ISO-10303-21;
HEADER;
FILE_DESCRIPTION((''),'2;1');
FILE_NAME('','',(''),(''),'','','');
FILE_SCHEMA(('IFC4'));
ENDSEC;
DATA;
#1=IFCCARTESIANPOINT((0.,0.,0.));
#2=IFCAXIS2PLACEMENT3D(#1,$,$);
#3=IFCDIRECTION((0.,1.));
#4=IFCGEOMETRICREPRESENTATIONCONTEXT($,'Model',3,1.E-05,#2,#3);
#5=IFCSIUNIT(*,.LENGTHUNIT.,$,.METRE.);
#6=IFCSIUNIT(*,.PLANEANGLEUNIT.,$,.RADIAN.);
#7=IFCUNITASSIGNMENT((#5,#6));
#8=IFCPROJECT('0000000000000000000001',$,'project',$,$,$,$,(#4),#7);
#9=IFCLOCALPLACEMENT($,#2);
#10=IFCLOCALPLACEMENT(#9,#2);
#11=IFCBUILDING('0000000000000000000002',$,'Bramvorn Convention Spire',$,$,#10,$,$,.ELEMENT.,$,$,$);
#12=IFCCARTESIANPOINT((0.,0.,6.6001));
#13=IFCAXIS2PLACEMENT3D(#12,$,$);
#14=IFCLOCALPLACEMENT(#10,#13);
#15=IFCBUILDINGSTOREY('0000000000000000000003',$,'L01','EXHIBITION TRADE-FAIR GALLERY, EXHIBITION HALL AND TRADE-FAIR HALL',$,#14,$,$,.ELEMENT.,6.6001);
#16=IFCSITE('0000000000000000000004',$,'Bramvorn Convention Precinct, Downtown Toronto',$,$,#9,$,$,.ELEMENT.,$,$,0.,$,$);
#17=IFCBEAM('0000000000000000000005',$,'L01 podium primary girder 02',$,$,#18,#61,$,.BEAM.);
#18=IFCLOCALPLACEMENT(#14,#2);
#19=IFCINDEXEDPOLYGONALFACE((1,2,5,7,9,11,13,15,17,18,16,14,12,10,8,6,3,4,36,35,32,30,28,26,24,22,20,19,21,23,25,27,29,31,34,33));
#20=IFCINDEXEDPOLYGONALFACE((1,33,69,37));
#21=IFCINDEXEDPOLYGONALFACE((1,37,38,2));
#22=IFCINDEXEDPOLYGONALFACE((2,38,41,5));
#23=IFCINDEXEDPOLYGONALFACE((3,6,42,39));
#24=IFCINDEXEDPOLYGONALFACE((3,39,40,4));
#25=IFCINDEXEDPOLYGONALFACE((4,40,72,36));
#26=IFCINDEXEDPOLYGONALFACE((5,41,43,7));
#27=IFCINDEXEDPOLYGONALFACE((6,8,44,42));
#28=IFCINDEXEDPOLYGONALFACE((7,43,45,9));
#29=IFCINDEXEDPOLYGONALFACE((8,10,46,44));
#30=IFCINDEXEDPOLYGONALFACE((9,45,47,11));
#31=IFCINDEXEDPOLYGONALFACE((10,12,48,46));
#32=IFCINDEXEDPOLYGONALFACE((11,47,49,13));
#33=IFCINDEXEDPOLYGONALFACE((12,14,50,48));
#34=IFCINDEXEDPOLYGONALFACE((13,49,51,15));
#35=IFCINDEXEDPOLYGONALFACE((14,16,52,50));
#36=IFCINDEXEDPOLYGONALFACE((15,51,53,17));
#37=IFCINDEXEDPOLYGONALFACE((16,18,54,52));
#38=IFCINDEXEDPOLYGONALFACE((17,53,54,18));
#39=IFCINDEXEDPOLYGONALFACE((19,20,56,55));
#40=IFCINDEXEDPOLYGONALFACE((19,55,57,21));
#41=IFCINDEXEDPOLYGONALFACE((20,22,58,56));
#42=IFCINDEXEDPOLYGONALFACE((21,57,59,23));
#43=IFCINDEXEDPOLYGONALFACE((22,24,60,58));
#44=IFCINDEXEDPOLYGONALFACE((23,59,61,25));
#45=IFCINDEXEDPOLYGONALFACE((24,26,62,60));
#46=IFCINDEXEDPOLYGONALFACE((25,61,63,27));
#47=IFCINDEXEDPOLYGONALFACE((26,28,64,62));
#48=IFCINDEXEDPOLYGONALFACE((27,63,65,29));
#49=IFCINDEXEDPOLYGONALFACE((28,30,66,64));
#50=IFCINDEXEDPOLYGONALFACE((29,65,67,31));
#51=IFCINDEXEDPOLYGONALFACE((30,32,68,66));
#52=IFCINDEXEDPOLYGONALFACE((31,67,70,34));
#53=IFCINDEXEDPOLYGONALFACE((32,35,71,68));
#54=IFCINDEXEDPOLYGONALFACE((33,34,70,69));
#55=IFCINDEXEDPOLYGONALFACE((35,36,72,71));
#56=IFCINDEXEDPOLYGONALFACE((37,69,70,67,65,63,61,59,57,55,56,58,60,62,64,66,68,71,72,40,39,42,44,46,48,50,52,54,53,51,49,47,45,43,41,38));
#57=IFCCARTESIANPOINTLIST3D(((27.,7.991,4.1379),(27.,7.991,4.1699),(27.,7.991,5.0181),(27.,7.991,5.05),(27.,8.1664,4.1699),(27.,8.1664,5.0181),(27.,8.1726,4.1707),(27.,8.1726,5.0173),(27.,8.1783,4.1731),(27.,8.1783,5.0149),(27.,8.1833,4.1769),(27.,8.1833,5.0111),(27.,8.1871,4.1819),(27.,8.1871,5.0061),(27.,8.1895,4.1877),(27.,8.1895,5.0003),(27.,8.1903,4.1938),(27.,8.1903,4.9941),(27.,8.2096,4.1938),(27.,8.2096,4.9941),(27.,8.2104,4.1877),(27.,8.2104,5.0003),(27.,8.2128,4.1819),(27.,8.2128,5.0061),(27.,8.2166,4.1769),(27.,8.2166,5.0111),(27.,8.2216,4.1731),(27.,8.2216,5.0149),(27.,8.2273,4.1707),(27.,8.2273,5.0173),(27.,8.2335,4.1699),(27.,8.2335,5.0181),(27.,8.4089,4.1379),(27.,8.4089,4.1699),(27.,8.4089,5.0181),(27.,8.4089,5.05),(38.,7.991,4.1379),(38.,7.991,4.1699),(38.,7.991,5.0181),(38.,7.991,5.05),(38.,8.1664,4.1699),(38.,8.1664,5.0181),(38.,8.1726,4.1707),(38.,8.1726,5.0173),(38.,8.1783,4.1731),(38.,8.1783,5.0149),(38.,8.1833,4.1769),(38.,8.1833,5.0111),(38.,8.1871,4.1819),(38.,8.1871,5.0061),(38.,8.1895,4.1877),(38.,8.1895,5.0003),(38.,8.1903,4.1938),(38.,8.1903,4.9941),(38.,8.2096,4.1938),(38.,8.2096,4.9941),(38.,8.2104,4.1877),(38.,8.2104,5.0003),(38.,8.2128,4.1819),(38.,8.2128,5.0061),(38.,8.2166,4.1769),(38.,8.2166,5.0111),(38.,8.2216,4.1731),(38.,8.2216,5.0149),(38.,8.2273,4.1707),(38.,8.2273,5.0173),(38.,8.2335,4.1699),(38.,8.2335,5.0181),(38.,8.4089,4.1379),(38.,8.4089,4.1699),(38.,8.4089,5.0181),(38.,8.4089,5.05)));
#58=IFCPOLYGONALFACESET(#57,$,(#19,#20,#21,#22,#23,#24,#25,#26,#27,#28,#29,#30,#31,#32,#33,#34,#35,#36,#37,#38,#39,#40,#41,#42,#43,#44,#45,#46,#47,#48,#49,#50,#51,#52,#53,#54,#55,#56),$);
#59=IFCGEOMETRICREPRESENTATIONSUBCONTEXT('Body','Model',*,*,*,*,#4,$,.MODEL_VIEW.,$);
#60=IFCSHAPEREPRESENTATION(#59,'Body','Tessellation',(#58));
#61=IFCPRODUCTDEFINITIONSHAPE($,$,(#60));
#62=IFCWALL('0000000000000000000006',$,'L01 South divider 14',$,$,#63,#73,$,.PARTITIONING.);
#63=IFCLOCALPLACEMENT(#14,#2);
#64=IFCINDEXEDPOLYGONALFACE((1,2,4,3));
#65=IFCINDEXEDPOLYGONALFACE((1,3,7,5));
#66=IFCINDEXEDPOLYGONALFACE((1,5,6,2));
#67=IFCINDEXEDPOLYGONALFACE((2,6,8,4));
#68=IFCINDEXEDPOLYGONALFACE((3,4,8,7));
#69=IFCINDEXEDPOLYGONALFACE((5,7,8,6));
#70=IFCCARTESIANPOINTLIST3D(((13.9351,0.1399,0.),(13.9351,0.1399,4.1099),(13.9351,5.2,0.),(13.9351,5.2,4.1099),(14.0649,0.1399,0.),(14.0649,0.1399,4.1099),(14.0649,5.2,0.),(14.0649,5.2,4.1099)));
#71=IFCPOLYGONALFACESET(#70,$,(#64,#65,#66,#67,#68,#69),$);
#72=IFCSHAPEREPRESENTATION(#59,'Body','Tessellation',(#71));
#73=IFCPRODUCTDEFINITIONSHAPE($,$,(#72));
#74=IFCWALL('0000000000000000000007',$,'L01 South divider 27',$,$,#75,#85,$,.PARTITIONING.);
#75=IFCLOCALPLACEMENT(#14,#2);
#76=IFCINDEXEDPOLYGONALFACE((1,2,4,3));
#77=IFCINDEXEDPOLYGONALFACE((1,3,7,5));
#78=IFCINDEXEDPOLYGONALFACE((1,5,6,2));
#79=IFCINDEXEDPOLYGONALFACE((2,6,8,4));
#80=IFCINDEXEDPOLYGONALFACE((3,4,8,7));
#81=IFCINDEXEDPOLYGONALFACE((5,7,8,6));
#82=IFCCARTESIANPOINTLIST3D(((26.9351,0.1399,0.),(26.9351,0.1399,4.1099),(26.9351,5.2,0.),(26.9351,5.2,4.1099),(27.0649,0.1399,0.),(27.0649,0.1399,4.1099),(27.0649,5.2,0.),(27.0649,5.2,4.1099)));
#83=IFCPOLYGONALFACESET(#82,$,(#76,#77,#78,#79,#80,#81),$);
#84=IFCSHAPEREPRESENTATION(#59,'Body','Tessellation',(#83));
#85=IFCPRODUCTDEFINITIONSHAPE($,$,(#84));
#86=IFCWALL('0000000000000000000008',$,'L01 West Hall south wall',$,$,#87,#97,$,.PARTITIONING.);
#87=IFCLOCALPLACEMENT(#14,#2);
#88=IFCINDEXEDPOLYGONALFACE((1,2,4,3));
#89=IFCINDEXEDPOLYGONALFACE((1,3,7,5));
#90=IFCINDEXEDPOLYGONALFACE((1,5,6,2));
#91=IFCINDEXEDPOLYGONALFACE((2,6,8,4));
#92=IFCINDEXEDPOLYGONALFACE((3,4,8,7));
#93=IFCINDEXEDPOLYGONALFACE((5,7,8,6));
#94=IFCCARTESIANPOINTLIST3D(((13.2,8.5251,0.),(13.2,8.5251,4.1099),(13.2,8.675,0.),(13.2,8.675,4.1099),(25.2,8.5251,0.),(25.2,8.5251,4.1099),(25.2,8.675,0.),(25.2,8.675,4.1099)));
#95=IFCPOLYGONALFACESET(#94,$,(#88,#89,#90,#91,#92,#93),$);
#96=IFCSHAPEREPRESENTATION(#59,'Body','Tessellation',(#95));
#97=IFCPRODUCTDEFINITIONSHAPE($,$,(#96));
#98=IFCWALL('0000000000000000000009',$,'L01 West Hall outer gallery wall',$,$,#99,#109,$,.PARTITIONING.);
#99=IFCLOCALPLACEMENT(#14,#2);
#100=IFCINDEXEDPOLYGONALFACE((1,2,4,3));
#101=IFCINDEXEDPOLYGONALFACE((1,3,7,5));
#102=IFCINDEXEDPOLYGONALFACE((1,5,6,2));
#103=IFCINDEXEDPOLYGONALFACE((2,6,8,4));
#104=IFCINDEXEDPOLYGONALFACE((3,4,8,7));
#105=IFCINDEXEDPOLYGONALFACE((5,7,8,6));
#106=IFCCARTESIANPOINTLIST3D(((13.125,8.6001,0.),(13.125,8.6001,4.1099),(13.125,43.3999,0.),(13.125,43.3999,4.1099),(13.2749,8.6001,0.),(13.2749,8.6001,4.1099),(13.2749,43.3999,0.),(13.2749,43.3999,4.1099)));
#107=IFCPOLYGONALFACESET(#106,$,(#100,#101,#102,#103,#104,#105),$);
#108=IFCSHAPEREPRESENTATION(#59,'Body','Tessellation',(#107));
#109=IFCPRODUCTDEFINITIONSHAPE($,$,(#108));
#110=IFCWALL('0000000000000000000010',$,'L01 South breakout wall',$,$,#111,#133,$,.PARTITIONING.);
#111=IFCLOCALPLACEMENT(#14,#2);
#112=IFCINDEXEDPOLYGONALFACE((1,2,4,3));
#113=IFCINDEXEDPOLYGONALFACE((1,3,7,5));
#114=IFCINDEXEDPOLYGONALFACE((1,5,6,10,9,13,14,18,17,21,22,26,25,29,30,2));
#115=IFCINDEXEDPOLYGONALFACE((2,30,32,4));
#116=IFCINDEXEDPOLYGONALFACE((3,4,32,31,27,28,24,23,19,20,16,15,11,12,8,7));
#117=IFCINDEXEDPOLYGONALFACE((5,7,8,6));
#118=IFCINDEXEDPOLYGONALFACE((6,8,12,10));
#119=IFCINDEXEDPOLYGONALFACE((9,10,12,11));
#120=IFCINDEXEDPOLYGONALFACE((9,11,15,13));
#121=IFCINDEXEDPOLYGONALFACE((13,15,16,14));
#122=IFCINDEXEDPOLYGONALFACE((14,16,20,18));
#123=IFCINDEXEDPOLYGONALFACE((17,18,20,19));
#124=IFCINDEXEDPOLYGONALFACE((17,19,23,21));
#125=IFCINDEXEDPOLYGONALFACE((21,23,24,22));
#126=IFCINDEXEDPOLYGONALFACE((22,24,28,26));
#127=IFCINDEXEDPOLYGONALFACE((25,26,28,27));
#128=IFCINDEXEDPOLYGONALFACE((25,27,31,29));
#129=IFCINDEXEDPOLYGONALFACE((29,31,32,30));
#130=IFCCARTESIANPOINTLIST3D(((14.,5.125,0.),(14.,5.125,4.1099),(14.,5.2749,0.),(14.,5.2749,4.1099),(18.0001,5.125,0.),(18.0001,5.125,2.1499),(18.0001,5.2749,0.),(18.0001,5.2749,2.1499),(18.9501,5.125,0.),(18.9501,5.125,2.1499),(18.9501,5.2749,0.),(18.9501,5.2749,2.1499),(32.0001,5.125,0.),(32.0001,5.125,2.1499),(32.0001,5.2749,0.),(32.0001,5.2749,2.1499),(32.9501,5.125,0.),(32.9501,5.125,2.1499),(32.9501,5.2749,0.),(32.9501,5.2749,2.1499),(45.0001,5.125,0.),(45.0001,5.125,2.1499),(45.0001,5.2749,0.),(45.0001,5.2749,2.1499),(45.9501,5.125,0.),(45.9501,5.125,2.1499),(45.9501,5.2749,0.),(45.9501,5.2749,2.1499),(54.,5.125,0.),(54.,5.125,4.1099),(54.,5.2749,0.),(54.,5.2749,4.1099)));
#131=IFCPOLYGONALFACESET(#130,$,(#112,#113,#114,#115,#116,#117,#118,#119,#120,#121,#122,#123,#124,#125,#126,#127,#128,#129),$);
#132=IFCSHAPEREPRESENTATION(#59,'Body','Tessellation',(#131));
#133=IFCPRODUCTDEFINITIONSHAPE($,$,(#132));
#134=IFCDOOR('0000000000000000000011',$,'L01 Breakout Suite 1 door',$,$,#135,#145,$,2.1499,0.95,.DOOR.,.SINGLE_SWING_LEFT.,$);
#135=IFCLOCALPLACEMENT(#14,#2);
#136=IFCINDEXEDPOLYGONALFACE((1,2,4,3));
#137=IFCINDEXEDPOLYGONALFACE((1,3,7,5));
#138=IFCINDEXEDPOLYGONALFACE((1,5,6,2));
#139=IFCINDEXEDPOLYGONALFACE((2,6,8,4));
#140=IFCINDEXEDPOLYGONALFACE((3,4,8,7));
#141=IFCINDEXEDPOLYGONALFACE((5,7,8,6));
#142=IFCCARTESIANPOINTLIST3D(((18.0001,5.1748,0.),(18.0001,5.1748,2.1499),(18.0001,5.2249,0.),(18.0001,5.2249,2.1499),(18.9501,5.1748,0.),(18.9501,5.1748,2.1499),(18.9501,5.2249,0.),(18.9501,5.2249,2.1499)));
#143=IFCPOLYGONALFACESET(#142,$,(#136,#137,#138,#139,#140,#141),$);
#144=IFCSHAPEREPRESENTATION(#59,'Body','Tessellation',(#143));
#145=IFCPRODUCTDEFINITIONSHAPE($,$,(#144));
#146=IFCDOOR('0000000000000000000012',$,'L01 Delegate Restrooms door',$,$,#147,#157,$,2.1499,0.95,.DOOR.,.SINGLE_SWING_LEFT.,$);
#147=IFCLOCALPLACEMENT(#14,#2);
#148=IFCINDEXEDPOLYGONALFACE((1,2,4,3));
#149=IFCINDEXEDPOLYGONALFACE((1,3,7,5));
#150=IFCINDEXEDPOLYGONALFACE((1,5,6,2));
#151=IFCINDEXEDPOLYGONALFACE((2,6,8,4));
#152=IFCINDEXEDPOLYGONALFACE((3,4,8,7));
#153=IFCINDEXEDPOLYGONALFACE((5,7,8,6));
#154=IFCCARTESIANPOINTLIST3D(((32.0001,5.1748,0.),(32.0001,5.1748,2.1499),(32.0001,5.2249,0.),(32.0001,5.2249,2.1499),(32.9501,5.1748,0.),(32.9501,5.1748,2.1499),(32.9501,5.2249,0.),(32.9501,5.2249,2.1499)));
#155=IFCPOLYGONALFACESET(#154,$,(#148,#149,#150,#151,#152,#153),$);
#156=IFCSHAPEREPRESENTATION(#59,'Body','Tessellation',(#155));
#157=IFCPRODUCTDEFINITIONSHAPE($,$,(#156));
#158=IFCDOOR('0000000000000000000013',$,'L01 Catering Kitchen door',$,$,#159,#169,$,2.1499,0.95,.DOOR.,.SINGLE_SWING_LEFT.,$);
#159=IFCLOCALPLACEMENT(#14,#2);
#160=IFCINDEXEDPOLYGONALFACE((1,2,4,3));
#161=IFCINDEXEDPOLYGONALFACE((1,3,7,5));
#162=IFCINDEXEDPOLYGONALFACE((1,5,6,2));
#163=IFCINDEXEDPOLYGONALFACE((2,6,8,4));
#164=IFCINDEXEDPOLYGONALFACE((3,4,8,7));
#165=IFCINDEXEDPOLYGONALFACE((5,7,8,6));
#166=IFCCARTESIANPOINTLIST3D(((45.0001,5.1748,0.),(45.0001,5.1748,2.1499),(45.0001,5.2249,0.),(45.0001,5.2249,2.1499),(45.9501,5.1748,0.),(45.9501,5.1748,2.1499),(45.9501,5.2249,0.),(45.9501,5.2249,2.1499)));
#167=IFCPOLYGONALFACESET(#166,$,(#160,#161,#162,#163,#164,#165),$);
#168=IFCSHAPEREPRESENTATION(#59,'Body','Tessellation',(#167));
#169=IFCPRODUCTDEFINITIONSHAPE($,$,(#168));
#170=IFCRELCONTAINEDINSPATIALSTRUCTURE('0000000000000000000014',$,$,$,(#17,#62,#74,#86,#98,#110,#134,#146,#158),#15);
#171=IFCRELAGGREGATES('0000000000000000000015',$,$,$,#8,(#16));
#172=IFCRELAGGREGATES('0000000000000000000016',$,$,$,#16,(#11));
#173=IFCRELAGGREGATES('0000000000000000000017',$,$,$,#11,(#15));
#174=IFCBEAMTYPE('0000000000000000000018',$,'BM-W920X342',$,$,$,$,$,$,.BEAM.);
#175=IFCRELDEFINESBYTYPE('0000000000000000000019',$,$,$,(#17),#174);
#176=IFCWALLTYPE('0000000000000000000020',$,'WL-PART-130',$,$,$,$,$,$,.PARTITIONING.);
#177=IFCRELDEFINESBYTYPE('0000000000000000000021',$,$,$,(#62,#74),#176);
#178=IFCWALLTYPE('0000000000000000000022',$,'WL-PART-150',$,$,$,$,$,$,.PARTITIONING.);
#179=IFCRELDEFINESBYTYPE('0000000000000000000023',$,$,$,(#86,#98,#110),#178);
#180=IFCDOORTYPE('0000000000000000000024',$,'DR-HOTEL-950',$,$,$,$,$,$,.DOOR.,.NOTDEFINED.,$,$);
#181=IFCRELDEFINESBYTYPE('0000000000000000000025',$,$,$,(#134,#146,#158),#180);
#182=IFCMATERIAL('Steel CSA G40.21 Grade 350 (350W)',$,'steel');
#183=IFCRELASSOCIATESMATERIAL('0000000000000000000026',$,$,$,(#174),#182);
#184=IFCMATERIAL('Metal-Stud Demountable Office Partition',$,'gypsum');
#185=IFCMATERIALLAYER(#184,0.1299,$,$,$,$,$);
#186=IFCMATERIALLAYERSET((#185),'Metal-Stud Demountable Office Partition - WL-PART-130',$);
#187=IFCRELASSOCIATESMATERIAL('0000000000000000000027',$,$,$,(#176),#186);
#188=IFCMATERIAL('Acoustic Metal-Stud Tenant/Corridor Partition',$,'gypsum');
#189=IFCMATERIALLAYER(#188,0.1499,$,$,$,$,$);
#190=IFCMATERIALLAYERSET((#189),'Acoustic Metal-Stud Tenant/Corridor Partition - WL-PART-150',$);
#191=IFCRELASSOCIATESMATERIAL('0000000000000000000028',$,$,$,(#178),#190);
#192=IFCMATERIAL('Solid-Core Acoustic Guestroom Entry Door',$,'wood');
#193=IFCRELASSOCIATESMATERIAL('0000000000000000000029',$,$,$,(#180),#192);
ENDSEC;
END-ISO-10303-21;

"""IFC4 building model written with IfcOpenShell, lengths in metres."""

from ifc_helpers import new_model, si_unit, direction, frame, frame_2d, origin, origin_2d, place, context, subcontext, project, spatial, rectangle, i_section, extrude, material, layer, layer_set, material_profile, profile_set, type_object, element, fill, save


model = new_model("IFC4")

# Units and contexts
model_context = context("Model", 3, precision=1e-05, world=origin(), true_north=direction((0.0, 1.0)))
body_context = subcontext(model_context, "Body", "Model", "MODEL_VIEW")
ifc_project = project(units=[si_unit("LENGTHUNIT", "METRE"), si_unit("PLANEANGLEUNIT", "RADIAN")], contexts=[model_context])

# Site, building, storey
site_placement = place(None, origin())
site = spatial("IfcSite", under=ifc_project, at=site_placement, Name="Bramvorn Convention Precinct, Downtown Toronto", CompositionType="ELEMENT", RefElevation=0.0)
building_placement = place(site_placement, origin())
building = spatial("IfcBuilding", under=site, at=building_placement, Name="Bramvorn Convention Spire", CompositionType="ELEMENT")
storey_placement = place(building_placement, frame((0.0, 0.0, 6.6001)))
storey = spatial("IfcBuildingStorey", under=building, at=storey_placement, Name="L01", Description="EXHIBITION TRADE-FAIR GALLERY, EXHIBITION HALL AND TRADE-FAIR HALL", CompositionType="ELEMENT", Elevation=6.6001)

# Shared definitions
ifc_material_1 = material(Name="Steel CSA G40.21 Grade 350 (350W)", Category="steel")

# Beam
ifc_material_profile_1 = material_profile(ifc_material_1, i_section(OverallWidth=0.418, OverallDepth=0.9121, WebThickness=0.0193, FlangeThickness=0.032, FilletRadius=0.0239, at=origin_2d()))
ifc_profile_set_1 = profile_set([ifc_material_profile_1], Name="Steel CSA G40.21 Grade 350 (350W) - W920X342")
beam_type_1 = type_object("IfcBeamType", Name="BM-W920X342", PredefinedType="BEAM", material=ifc_profile_set_1)
beam_1_placement = place(storey_placement, frame((27.0, 8.2, 4.594), z_axis=(1.0, 0.0, 0.0), x_axis=(0.0, 1.0, 0.0)))
element("IfcBeam", 1, at=beam_1_placement, inside=storey, type_object=beam_type_1, Name="L01 podium primary girder 02", PredefinedType="BEAM", context=body_context, shape_type="SweptSolid", body=[
    extrude(i_section(OverallWidth=0.418, OverallDepth=0.9121, WebThickness=0.0193, FlangeThickness=0.032, FilletRadius=0.0239, at=origin_2d()), origin(), (0.0, 0.0, 1.0), 11.0),
])

# Walls
ifc_material_2 = material(Name="Metal-Stud Demountable Office Partition", Category="gypsum")
ifc_layer_1 = layer(ifc_material_2, 0.1299)
ifc_layer_set_1 = layer_set([ifc_layer_1], Name="Metal-Stud Demountable Office Partition - WL-PART-130")
wall_type_1 = type_object("IfcWallType", Name="WL-PART-130", PredefinedType="PARTITIONING", material=ifc_layer_set_1)
for number, where, z_axis, x_axis, name in (
    (2, (14.0, 0.1399, 0.0), (0.0, 0.0, 1.0), (0.0, 1.0, 0.0), "L01 South divider 14"),
    (3, (27.0, 0.1399, 0.0), (0.0, 0.0, 1.0), (0.0, 1.0, 0.0), "L01 South divider 27"),
):
    element("IfcWall", number, at=place(storey_placement, frame(where, z_axis=z_axis, x_axis=x_axis)), inside=storey, type_object=wall_type_1, Name=name, PredefinedType="PARTITIONING", context=body_context, shape_type="SweptSolid", body=[
        extrude(rectangle(XDim=5.0601, YDim=0.1299, at=frame_2d((2.53, 0.0))), origin(), (0.0, 0.0, 1.0), 4.1099),
    ])
ifc_material_3 = material(Name="Acoustic Metal-Stud Tenant/Corridor Partition", Category="gypsum")
ifc_layer_2 = layer(ifc_material_3, 0.1499)
ifc_layer_set_2 = layer_set([ifc_layer_2], Name="Acoustic Metal-Stud Tenant/Corridor Partition - WL-PART-150")
wall_type_2 = type_object("IfcWallType", Name="WL-PART-150", PredefinedType="PARTITIONING", material=ifc_layer_set_2)
wall_1_placement = place(storey_placement, frame((13.2, 8.6001, 0.0), z_axis=(0.0, 0.0, 1.0), x_axis=(1.0, 0.0, 0.0)))
element("IfcWall", 4, at=wall_1_placement, inside=storey, type_object=wall_type_2, Name="L01 West Hall south wall", PredefinedType="PARTITIONING", context=body_context, shape_type="SweptSolid", body=[
    extrude(rectangle(XDim=12.0, YDim=0.1499, at=frame_2d((6.0, 0.0))), origin(), (0.0, 0.0, 1.0), 4.1099),
])
wall_2_placement = place(storey_placement, frame((13.2, 8.6001, 0.0), z_axis=(0.0, 0.0, 1.0), x_axis=(0.0, 1.0, 0.0)))
element("IfcWall", 5, at=wall_2_placement, inside=storey, type_object=wall_type_2, Name="L01 West Hall outer gallery wall", PredefinedType="PARTITIONING", context=body_context, shape_type="SweptSolid", body=[
    extrude(rectangle(XDim=34.7998, YDim=0.1499, at=frame_2d((17.3999, 0.0))), origin(), (0.0, 0.0, 1.0), 4.1099),
])

# Wall, openings, doors
wall_3_placement = place(storey_placement, frame((14.0, 5.2, 0.0), z_axis=(0.0, 0.0, 1.0), x_axis=(1.0, 0.0, 0.0)))
wall_3 = element("IfcWall", 6, at=wall_3_placement, inside=storey, type_object=wall_type_2, Name="L01 South breakout wall", PredefinedType="PARTITIONING", context=body_context, shape_type="SweptSolid", body=[
    extrude(rectangle(XDim=40.0, YDim=0.1499, at=frame_2d((20.0, 0.0))), origin(), (0.0, 0.0, 1.0), 4.1099),
])
opening_1_placement = place(wall_3_placement, frame((4.0, 0.0, 0.0)))
opening_1 = element("IfcOpeningElement", 7, at=opening_1_placement, cuts=wall_3, PredefinedType="OPENING", context=body_context, shape_type="SweptSolid", body=[
    extrude(rectangle(XDim=0.95, YDim=2.1499, at=frame_2d((0.4751, 1.075))), frame((0.0, 0.085, 0.0), z_axis=(0.0, -1.0, 0.0), x_axis=(1.0, 0.0, 0.0)), (0.0, 0.0, 1.0), 0.1699),
])
opening_2_placement = place(wall_3_placement, frame((18.0, 0.0, 0.0)))
opening_2 = element("IfcOpeningElement", 8, at=opening_2_placement, cuts=wall_3, PredefinedType="OPENING", context=body_context, shape_type="SweptSolid", body=[
    extrude(rectangle(XDim=0.95, YDim=2.1499, at=frame_2d((0.4751, 1.075))), frame((0.0, 0.085, 0.0), z_axis=(0.0, -1.0, 0.0), x_axis=(1.0, 0.0, 0.0)), (0.0, 0.0, 1.0), 0.1699),
])
opening_3_placement = place(wall_3_placement, frame((31.0, 0.0, 0.0)))
opening_3 = element("IfcOpeningElement", 9, at=opening_3_placement, cuts=wall_3, PredefinedType="OPENING", context=body_context, shape_type="SweptSolid", body=[
    extrude(rectangle(XDim=0.95, YDim=2.1499, at=frame_2d((0.4751, 1.075))), frame((0.0, 0.085, 0.0), z_axis=(0.0, -1.0, 0.0), x_axis=(1.0, 0.0, 0.0)), (0.0, 0.0, 1.0), 0.1699),
])
ifc_material_4 = material(Name="Solid-Core Acoustic Guestroom Entry Door", Category="wood")
door_type_1 = type_object("IfcDoorType", Name="DR-HOTEL-950", OperationType="NOTDEFINED", PredefinedType="DOOR", material=ifc_material_4)
door_1_placement = place(opening_1_placement, origin())
door_1 = element("IfcDoor", 10, at=door_1_placement, inside=storey, type_object=door_type_1, Name="L01 Breakout Suite 1 door", OperationType="SINGLE_SWING_LEFT", OverallHeight=2.1499, OverallWidth=0.95, PredefinedType="DOOR", context=body_context, shape_type="SweptSolid", body=[
    extrude(rectangle(XDim=0.95, YDim=2.1499, at=frame_2d((0.4751, 1.075))), frame((0.0, 0.0249, 0.0), z_axis=(0.0, -1.0, 0.0), x_axis=(1.0, 0.0, 0.0)), (0.0, 0.0, 1.0), 0.05),
])
fill(opening_1, door_1)
door_2_placement = place(opening_2_placement, origin())
door_2 = element("IfcDoor", 11, at=door_2_placement, inside=storey, type_object=door_type_1, Name="L01 Delegate Restrooms door", OperationType="SINGLE_SWING_LEFT", OverallHeight=2.1499, OverallWidth=0.95, PredefinedType="DOOR", context=body_context, shape_type="SweptSolid", body=[
    extrude(rectangle(XDim=0.95, YDim=2.1499, at=frame_2d((0.4751, 1.075))), frame((0.0, 0.0249, 0.0), z_axis=(0.0, -1.0, 0.0), x_axis=(1.0, 0.0, 0.0)), (0.0, 0.0, 1.0), 0.05),
])
fill(opening_2, door_2)
door_3_placement = place(opening_3_placement, origin())
door_3 = element("IfcDoor", 12, at=door_3_placement, inside=storey, type_object=door_type_1, Name="L01 Catering Kitchen door", OperationType="SINGLE_SWING_LEFT", OverallHeight=2.1499, OverallWidth=0.95, PredefinedType="DOOR", context=body_context, shape_type="SweptSolid", body=[
    extrude(rectangle(XDim=0.95, YDim=2.1499, at=frame_2d((0.4751, 1.075))), frame((0.0, 0.0249, 0.0), z_axis=(0.0, -1.0, 0.0), x_axis=(1.0, 0.0, 0.0)), (0.0, 0.0, 1.0), 0.05),
])
fill(opening_3, door_3)

save(model, "model.ifc")
